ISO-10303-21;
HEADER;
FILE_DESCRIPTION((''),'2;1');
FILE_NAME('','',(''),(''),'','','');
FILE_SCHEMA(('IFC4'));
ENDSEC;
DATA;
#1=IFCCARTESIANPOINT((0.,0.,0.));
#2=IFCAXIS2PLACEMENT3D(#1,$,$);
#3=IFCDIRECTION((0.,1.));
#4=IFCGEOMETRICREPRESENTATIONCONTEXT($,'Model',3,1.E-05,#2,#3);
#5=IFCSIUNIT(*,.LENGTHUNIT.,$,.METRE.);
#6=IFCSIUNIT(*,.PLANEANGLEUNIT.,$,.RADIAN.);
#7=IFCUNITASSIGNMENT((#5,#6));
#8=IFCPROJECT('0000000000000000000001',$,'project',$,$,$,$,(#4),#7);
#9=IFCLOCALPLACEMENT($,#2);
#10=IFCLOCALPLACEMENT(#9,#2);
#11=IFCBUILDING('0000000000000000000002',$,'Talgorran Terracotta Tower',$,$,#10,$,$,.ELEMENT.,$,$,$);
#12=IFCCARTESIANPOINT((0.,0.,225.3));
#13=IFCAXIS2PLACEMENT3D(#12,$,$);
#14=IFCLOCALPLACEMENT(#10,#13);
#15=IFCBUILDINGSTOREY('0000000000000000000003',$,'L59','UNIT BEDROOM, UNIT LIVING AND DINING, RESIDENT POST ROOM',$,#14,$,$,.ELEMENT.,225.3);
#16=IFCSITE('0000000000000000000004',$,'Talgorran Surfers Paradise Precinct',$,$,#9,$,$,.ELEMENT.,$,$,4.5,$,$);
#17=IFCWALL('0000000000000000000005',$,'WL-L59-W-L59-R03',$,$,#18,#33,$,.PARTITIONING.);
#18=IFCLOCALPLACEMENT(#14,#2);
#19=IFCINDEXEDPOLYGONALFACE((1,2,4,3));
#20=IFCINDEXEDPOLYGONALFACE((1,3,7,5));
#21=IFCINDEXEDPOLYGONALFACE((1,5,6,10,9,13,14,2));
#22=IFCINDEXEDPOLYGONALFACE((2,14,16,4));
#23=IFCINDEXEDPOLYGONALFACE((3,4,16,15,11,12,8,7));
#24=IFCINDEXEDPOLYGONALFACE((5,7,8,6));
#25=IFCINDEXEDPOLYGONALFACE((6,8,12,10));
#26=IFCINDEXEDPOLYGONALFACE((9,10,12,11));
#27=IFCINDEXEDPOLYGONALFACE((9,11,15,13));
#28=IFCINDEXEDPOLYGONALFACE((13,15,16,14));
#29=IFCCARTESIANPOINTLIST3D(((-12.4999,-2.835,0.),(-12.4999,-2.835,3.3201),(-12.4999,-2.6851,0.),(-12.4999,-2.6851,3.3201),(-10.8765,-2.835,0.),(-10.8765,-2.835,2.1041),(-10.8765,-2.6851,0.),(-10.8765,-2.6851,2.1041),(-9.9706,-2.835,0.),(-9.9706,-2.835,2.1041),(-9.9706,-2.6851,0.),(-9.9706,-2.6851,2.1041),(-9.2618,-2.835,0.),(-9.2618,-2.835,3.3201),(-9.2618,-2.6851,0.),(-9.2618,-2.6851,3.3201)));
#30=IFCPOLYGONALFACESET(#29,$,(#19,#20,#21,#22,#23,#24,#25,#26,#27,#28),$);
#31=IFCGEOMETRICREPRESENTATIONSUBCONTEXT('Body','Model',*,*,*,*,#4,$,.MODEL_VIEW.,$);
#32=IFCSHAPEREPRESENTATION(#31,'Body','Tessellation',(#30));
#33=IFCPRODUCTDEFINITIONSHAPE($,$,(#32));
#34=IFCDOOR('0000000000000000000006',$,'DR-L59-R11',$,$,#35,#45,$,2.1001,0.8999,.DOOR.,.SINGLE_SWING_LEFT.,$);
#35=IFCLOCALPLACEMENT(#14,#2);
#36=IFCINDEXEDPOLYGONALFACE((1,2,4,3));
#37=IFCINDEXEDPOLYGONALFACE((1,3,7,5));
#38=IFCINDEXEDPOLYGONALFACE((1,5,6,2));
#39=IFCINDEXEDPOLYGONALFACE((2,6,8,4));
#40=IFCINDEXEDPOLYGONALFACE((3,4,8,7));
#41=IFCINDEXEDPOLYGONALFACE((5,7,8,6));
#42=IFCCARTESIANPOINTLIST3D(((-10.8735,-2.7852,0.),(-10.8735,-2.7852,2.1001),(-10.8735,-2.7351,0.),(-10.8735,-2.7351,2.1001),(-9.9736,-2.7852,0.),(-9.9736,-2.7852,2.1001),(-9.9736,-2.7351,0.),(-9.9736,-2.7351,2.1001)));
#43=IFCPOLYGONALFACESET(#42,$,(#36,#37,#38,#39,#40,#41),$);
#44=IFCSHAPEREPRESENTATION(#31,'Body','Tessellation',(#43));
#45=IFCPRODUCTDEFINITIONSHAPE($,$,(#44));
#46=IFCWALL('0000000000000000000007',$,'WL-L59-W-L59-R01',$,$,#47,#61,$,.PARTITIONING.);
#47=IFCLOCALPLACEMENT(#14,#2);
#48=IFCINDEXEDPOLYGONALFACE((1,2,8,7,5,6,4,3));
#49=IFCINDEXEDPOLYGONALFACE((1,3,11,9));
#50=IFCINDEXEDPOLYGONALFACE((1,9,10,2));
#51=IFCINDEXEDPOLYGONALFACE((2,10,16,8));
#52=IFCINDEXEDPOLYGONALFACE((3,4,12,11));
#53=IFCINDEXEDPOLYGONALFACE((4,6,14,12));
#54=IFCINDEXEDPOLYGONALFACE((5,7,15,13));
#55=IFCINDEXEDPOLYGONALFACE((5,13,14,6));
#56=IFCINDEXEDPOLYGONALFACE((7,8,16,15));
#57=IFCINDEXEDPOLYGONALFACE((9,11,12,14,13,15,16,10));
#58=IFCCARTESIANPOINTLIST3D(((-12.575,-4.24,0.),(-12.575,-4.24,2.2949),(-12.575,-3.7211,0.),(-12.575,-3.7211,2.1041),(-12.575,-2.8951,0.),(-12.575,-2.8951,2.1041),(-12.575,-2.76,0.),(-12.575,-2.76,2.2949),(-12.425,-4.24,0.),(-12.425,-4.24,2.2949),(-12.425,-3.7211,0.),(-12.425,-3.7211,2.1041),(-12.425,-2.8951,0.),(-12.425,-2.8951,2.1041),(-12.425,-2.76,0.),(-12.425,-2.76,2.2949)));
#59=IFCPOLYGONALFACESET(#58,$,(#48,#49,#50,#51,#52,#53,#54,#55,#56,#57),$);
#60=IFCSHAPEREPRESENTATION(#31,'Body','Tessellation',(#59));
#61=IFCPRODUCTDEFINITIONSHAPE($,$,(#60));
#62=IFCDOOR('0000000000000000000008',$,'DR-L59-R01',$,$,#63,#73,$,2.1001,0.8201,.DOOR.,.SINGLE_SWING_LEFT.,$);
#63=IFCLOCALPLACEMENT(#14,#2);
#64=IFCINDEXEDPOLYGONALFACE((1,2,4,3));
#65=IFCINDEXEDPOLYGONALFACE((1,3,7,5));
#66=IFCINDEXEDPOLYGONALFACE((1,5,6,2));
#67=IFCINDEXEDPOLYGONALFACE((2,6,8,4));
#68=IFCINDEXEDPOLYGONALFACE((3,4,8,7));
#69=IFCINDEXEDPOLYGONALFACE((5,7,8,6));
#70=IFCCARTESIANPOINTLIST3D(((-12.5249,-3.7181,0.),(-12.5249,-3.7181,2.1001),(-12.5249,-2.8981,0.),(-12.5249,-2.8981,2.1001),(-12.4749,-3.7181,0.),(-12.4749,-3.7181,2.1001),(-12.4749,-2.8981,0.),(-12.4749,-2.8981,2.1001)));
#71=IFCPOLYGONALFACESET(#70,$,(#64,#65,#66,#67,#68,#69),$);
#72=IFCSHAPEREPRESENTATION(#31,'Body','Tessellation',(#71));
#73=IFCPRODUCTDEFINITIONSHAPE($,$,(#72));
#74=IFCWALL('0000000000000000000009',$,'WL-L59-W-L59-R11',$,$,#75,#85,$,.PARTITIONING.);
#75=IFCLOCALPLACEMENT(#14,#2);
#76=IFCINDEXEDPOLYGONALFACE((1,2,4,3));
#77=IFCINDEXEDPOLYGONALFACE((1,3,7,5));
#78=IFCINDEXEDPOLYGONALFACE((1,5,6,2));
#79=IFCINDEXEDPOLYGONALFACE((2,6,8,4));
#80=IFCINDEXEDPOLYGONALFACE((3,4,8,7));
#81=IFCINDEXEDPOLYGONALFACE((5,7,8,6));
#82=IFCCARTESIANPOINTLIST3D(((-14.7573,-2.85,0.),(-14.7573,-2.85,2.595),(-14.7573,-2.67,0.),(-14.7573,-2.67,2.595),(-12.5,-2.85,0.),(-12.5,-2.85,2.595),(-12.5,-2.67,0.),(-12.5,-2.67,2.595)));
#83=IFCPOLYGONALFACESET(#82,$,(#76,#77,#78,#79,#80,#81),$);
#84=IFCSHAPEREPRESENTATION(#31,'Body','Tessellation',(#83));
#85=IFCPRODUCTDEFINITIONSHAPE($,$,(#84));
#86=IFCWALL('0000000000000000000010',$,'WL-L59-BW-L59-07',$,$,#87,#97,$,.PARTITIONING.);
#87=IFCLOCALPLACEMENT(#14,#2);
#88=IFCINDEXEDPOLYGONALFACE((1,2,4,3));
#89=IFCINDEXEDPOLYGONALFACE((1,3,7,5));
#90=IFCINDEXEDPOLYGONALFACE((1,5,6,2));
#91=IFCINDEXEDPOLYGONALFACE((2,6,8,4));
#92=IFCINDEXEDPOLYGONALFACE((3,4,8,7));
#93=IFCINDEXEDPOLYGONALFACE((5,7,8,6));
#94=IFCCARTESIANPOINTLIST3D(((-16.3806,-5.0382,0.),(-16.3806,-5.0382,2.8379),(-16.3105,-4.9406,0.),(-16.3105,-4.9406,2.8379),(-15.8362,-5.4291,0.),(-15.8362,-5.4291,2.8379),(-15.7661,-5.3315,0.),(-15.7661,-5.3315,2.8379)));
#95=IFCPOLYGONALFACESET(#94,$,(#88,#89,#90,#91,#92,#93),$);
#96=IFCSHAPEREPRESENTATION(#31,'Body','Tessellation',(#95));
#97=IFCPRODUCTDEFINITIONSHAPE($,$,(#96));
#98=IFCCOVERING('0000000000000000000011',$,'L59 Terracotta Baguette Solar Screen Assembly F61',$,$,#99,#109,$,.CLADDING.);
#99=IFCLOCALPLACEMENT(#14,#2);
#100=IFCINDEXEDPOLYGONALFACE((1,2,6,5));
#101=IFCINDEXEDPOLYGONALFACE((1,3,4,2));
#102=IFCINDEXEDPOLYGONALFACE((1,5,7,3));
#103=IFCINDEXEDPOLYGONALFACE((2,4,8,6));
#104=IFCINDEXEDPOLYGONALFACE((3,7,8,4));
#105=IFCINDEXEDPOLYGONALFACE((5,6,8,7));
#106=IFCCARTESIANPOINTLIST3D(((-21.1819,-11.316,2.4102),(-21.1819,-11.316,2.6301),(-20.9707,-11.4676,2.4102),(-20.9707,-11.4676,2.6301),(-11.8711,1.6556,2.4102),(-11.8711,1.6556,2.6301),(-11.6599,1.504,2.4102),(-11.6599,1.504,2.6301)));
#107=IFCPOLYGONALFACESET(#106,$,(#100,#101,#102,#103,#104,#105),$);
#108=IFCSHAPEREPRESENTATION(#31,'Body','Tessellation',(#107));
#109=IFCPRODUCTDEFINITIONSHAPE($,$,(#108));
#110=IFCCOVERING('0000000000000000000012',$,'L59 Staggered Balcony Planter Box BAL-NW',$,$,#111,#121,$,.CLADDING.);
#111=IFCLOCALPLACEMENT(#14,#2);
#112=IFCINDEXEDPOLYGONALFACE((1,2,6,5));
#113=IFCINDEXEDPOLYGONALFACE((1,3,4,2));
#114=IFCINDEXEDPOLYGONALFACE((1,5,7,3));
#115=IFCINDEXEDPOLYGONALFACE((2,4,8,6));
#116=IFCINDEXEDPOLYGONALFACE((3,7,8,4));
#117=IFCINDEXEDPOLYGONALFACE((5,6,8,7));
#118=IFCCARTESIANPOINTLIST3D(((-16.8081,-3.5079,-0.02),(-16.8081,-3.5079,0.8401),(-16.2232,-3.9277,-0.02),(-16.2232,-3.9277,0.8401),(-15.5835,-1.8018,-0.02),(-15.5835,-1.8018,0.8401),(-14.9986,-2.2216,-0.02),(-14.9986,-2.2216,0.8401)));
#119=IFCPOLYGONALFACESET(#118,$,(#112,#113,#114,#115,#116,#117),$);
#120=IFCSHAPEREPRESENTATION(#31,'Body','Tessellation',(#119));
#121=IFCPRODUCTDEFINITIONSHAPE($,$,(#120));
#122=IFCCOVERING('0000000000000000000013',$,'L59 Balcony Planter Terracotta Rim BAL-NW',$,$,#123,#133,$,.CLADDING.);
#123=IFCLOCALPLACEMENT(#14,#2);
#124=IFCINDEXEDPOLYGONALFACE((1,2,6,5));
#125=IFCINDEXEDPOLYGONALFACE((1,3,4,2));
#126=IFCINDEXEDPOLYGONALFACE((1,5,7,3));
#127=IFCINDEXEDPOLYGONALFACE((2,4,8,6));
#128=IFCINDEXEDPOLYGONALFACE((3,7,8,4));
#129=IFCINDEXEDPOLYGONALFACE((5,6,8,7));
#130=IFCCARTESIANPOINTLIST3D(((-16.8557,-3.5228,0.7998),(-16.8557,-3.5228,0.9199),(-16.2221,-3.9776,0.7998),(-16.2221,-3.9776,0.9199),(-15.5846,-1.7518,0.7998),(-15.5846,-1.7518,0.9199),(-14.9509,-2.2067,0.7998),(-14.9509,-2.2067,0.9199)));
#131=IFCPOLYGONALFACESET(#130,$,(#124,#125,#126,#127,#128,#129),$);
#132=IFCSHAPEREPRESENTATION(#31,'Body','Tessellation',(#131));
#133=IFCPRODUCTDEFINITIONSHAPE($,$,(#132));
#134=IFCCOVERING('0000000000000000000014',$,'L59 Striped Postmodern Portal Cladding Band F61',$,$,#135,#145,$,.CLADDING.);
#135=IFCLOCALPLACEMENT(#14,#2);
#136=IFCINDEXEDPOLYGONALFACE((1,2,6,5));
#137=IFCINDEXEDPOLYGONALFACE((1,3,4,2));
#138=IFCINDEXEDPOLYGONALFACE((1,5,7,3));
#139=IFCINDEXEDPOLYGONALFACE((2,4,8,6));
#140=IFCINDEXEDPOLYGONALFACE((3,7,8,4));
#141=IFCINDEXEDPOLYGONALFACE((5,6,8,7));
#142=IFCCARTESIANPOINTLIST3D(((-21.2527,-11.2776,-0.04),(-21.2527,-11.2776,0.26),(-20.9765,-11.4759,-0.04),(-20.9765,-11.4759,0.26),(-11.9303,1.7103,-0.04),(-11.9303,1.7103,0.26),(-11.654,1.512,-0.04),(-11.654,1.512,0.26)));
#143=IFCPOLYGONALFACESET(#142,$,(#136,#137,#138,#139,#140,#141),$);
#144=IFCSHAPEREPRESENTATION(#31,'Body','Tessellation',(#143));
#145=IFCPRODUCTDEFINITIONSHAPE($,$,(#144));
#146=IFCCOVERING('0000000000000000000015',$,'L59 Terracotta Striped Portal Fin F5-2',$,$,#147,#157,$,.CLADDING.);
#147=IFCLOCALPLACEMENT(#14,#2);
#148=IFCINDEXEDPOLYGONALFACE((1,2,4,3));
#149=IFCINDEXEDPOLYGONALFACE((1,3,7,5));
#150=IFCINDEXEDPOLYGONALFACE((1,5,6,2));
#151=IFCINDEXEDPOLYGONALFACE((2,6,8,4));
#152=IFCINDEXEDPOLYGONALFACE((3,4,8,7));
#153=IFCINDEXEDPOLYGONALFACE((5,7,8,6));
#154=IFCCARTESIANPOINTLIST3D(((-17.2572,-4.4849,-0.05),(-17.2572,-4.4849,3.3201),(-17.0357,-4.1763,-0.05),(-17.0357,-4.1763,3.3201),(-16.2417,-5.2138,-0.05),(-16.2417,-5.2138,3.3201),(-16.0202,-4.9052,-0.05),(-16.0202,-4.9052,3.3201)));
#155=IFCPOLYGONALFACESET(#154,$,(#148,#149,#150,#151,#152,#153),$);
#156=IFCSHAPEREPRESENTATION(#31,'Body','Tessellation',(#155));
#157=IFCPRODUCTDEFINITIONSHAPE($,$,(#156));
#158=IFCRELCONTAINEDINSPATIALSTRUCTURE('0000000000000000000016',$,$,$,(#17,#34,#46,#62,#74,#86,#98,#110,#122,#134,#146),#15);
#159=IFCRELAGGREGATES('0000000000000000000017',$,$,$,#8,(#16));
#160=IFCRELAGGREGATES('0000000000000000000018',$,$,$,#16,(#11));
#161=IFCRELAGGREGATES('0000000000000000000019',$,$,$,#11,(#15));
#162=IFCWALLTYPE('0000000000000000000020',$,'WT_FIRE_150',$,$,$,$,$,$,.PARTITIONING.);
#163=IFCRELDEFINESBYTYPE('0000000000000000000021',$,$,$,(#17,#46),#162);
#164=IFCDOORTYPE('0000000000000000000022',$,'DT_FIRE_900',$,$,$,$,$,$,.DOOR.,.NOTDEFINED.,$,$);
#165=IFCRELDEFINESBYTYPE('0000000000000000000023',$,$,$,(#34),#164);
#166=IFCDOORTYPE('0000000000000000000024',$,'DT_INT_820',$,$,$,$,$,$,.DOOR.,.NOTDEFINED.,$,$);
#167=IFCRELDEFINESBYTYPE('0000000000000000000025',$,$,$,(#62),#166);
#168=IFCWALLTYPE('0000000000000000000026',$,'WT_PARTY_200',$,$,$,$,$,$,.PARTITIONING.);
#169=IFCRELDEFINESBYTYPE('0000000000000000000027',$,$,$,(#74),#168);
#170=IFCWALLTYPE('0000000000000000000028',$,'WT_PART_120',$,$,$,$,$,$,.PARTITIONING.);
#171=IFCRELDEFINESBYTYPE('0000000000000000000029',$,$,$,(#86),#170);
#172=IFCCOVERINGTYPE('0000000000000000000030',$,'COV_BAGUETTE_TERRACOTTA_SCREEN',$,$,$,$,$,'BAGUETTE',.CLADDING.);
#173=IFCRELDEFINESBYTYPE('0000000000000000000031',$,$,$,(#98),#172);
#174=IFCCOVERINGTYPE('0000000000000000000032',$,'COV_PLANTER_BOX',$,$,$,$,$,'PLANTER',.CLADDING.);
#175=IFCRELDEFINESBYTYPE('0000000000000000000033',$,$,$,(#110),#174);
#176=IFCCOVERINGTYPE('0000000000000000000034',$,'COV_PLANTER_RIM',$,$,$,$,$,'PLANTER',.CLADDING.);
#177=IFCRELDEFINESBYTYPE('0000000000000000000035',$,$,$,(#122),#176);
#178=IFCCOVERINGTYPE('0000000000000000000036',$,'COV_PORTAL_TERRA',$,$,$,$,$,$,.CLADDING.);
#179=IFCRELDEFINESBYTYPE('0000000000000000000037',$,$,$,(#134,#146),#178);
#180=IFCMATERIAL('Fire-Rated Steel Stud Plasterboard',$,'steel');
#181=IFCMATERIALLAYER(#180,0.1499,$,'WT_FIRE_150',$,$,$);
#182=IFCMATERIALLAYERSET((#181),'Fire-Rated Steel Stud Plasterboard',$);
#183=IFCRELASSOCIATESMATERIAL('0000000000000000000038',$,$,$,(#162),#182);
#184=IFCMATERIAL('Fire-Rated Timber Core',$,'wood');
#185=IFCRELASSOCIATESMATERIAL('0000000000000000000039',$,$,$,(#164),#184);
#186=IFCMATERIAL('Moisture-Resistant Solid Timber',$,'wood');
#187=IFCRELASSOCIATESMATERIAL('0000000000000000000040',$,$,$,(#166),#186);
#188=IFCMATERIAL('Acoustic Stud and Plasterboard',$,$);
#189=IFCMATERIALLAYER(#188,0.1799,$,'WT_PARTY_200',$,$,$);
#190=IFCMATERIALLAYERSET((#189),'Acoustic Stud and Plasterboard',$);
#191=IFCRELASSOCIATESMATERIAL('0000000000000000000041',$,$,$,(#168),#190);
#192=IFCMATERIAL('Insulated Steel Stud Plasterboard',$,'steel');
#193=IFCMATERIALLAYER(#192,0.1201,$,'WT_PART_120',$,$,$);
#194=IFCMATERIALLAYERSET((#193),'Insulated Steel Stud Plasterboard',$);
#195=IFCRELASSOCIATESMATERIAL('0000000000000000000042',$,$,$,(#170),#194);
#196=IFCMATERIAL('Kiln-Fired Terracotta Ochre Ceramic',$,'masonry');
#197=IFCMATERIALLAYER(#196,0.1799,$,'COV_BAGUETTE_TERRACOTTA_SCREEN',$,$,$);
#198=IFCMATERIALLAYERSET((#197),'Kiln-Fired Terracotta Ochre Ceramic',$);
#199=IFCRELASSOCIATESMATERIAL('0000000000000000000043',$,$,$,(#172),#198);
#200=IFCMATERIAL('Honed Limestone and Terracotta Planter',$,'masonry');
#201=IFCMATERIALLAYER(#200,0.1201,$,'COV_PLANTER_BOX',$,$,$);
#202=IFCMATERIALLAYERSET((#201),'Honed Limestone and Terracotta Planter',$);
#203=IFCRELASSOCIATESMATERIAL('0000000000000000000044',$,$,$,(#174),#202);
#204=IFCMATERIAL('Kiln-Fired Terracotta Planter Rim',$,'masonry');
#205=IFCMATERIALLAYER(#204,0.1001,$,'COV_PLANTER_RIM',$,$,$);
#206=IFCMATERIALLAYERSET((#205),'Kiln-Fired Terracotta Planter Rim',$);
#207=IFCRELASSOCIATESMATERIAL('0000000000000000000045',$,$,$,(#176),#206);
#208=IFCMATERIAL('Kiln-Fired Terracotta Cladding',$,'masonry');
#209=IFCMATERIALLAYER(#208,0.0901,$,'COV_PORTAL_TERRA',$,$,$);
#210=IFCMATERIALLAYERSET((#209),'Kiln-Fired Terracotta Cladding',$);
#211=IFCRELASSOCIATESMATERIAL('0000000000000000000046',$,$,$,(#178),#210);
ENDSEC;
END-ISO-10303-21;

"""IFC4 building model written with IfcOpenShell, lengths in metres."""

from ifc_helpers import new_model, si_unit, direction, frame, frame_2d, origin, origin_2d, place, context, subcontext, project, spatial, rectangle, extrude, material, layer, layer_set, type_object, element, fill, save


model = new_model("IFC4")

# Units and contexts
model_context = context("Model", 3, precision=1e-05, world=origin(), true_north=direction((0.0, 1.0)))
body_context = subcontext(model_context, "Body", "Model", "MODEL_VIEW")
ifc_project = project(units=[si_unit("LENGTHUNIT", "METRE"), si_unit("PLANEANGLEUNIT", "RADIAN")], contexts=[model_context])

# Site, building, storey
site_placement = place(None, origin())
site = spatial("IfcSite", under=ifc_project, at=site_placement, Name="Talgorran Surfers Paradise Precinct", CompositionType="ELEMENT", RefElevation=4.5)
building_placement = place(site_placement, origin())
building = spatial("IfcBuilding", under=site, at=building_placement, Name="Talgorran Terracotta Tower", CompositionType="ELEMENT")
storey_placement = place(building_placement, frame((0.0, 0.0, 225.3)))
storey = spatial("IfcBuildingStorey", under=building, at=storey_placement, Name="L59", Description="UNIT BEDROOM, UNIT LIVING AND DINING, RESIDENT POST ROOM", CompositionType="ELEMENT", Elevation=225.3)

# Walls, openings, doors
ifc_material_1 = material(Name="Fire-Rated Steel Stud Plasterboard", Category="steel")
ifc_layer_1 = layer(ifc_material_1, 0.1499, Name="WT_FIRE_150")
ifc_layer_set_1 = layer_set([ifc_layer_1], Name="Fire-Rated Steel Stud Plasterboard")
wall_type_1 = type_object("IfcWallType", Name="WT_FIRE_150", PredefinedType="PARTITIONING", material=ifc_layer_set_1)
wall_1_placement = place(storey_placement, frame((-12.5, -2.76, 0.0), z_axis=(0.0, 0.0, 1.0), x_axis=(1.0, 0.0, 0.0)))
wall_1 = element("IfcWall", 1, at=wall_1_placement, inside=storey, type_object=wall_type_1, Name="WL-L59-W-L59-R03", PredefinedType="PARTITIONING", context=body_context, shape_type="SweptSolid", body=[
    extrude(rectangle(XDim=3.238, YDim=0.1499, at=frame_2d((1.6191, 0.0))), origin(), (0.0, 0.0, 1.0), 3.3201),
])
opening_1_placement = place(wall_1_placement, frame((1.6265, 0.0, 0.0)))
opening_1 = element("IfcOpeningElement", 2, at=opening_1_placement, cuts=wall_1, PredefinedType="OPENING", context=body_context, shape_type="SweptSolid", body=[
    extrude(rectangle(XDim=0.9059, YDim=2.1041, at=frame_2d((0.45, 1.052))), frame((0.0, 0.085, 0.0), z_axis=(0.0, -1.0, 0.0), x_axis=(1.0, 0.0, 0.0)), (0.0, 0.0, 1.0), 0.1699),
])
ifc_material_2 = material(Name="Fire-Rated Timber Core", Category="wood")
door_type_1 = type_object("IfcDoorType", Name="DT_FIRE_900", OperationType="NOTDEFINED", PredefinedType="DOOR", material=ifc_material_2)
door_1_placement = place(opening_1_placement, origin())
door_1 = element("IfcDoor", 3, at=door_1_placement, inside=storey, type_object=door_type_1, Name="DR-L59-R11", OperationType="SINGLE_SWING_LEFT", OverallHeight=2.1001, OverallWidth=0.8999, PredefinedType="DOOR", context=body_context, shape_type="SweptSolid", body=[
    extrude(rectangle(XDim=0.8999, YDim=2.1001, at=frame_2d((0.45, 1.05))), frame((0.0, 0.0249, 0.0), z_axis=(0.0, -1.0, 0.0), x_axis=(1.0, 0.0, 0.0)), (0.0, 0.0, 1.0), 0.05),
])
fill(opening_1, door_1)
wall_2_placement = place(storey_placement, frame((-12.5, -4.24, 0.0), z_axis=(0.0, 0.0, 1.0), x_axis=(0.0, 1.0, 0.0)))
wall_2 = element("IfcWall", 4, at=wall_2_placement, inside=storey, type_object=wall_type_1, Name="WL-L59-W-L59-R01", PredefinedType="PARTITIONING", context=body_context, shape_type="SweptSolid", body=[
    extrude(rectangle(XDim=1.48, YDim=0.1499, at=frame_2d((0.74, 0.0))), origin(), (0.0, 0.0, 1.0), 2.2949),
])
opening_2_placement = place(wall_2_placement, frame((0.5217, 0.0, 0.0)))
opening_2 = element("IfcOpeningElement", 5, at=opening_2_placement, cuts=wall_2, PredefinedType="OPENING", context=body_context, shape_type="SweptSolid", body=[
    extrude(rectangle(XDim=0.8261, YDim=2.1041, at=frame_2d((0.4102, 1.052))), frame((0.0, 0.085, 0.0), z_axis=(0.0, -1.0, 0.0), x_axis=(1.0, 0.0, 0.0)), (0.0, 0.0, 1.0), 0.1699),
])
ifc_material_3 = material(Name="Moisture-Resistant Solid Timber", Category="wood")
door_type_2 = type_object("IfcDoorType", Name="DT_INT_820", OperationType="NOTDEFINED", PredefinedType="DOOR", material=ifc_material_3)
door_2_placement = place(opening_2_placement, origin())
door_2 = element("IfcDoor", 6, at=door_2_placement, inside=storey, type_object=door_type_2, Name="DR-L59-R01", OperationType="SINGLE_SWING_LEFT", OverallHeight=2.1001, OverallWidth=0.8201, PredefinedType="DOOR", context=body_context, shape_type="SweptSolid", body=[
    extrude(rectangle(XDim=0.8201, YDim=2.1001, at=frame_2d((0.4102, 1.05))), frame((0.0, 0.0249, 0.0), z_axis=(0.0, -1.0, 0.0), x_axis=(1.0, 0.0, 0.0)), (0.0, 0.0, 1.0), 0.05),
])
fill(opening_2, door_2)

# Walls
ifc_material_4 = material(Name="Acoustic Stud and Plasterboard")
ifc_layer_2 = layer(ifc_material_4, 0.1799, Name="WT_PARTY_200")
ifc_layer_set_2 = layer_set([ifc_layer_2], Name="Acoustic Stud and Plasterboard")
wall_type_2 = type_object("IfcWallType", Name="WT_PARTY_200", PredefinedType="PARTITIONING", material=ifc_layer_set_2)
wall_3_placement = place(storey_placement, frame((-14.7573, -2.76, 0.0), z_axis=(0.0, 0.0, 1.0), x_axis=(1.0, 0.0, 0.0)))
element("IfcWall", 7, at=wall_3_placement, inside=storey, type_object=wall_type_2, Name="WL-L59-W-L59-R11", PredefinedType="PARTITIONING", context=body_context, shape_type="SweptSolid", body=[
    extrude(rectangle(XDim=2.2573, YDim=0.1799, at=frame_2d((1.1287, 0.0))), origin(), (0.0, 0.0, 1.0), 2.595),
])
ifc_material_5 = material(Name="Insulated Steel Stud Plasterboard", Category="steel")
ifc_layer_3 = layer(ifc_material_5, 0.1201, Name="WT_PART_120")
ifc_layer_set_3 = layer_set([ifc_layer_3], Name="Insulated Steel Stud Plasterboard")
wall_type_3 = type_object("IfcWallType", Name="WT_PART_120", PredefinedType="PARTITIONING", material=ifc_layer_set_3)
wall_4_placement = place(storey_placement, frame((-16.3455, -4.9895, 0.0), z_axis=(0.0, 0.0, 1.0), x_axis=(0.812328, -0.583201, 0.0)))
element("IfcWall", 8, at=wall_4_placement, inside=storey, type_object=wall_type_3, Name="WL-L59-BW-L59-07", PredefinedType="PARTITIONING", context=body_context, shape_type="SweptSolid", body=[
    extrude(rectangle(XDim=0.6702, YDim=0.1201, at=frame_2d((0.335, 0.0))), origin(), (0.0, 0.0, 1.0), 2.8379),
])

# Coverings
ifc_material_6 = material(Name="Kiln-Fired Terracotta Ochre Ceramic", Category="masonry")
ifc_layer_4 = layer(ifc_material_6, 0.1799, Name="COV_BAGUETTE_TERRACOTTA_SCREEN")
ifc_layer_set_4 = layer_set([ifc_layer_4], Name="Kiln-Fired Terracotta Ochre Ceramic")
covering_type_1 = type_object("IfcCoveringType", Name="COV_BAGUETTE_TERRACOTTA_SCREEN", ElementType="BAGUETTE", PredefinedType="CLADDING", material=ifc_layer_set_4)
covering_1_placement = place(storey_placement, frame((-16.4209, -4.906, 2.4102), z_axis=(0.0, 0.0, 1.0), x_axis=(-0.583116, -0.812389, 0.0)))
element("IfcCovering", 9, at=covering_1_placement, inside=storey, type_object=covering_type_1, Name="L59 Terracotta Baguette Solar Screen Assembly F61", PredefinedType="CLADDING", context=body_context, shape_type="SweptSolid", body=[
    extrude(rectangle(XDim=15.9673, YDim=0.26, at=origin_2d()), origin(), (0.0, 0.0, 1.0), 0.22),
])
ifc_material_7 = material(Name="Honed Limestone and Terracotta Planter", Category="masonry")
ifc_layer_5 = layer(ifc_material_7, 0.1201, Name="COV_PLANTER_BOX")
ifc_layer_set_5 = layer_set([ifc_layer_5], Name="Honed Limestone and Terracotta Planter")
covering_type_2 = type_object("IfcCoveringType", Name="COV_PLANTER_BOX", ElementType="PLANTER", PredefinedType="CLADDING", material=ifc_layer_set_5)
covering_2_placement = place(storey_placement, frame((-15.9033, -2.8647, -0.02), z_axis=(0.0, 0.0, 1.0), x_axis=(-0.583116, -0.812389, 0.0)))
element("IfcCovering", 10, at=covering_2_placement, inside=storey, type_object=covering_type_2, Name="L59 Staggered Balcony Planter Box BAL-NW", PredefinedType="CLADDING", context=body_context, shape_type="SweptSolid", body=[
    extrude(rectangle(XDim=2.1001, YDim=0.72, at=origin_2d()), origin(), (0.0, 0.0, 1.0), 0.8601),
])
ifc_material_8 = material(Name="Kiln-Fired Terracotta Planter Rim", Category="masonry")
ifc_layer_6 = layer(ifc_material_8, 0.1001, Name="COV_PLANTER_RIM")
ifc_layer_set_6 = layer_set([ifc_layer_6], Name="Kiln-Fired Terracotta Planter Rim")
covering_type_3 = type_object("IfcCoveringType", Name="COV_PLANTER_RIM", ElementType="PLANTER", PredefinedType="CLADDING", material=ifc_layer_set_6)
covering_3_placement = place(storey_placement, frame((-15.9033, -2.8647, 0.7998), z_axis=(0.0, 0.0, 1.0), x_axis=(-0.583116, -0.812389, 0.0)))
element("IfcCovering", 11, at=covering_3_placement, inside=storey, type_object=covering_type_3, Name="L59 Balcony Planter Terracotta Rim BAL-NW", PredefinedType="CLADDING", context=body_context, shape_type="SweptSolid", body=[
    extrude(rectangle(XDim=2.1799, YDim=0.78, at=origin_2d()), origin(), (0.0, 0.0, 1.0), 0.1201),
])
ifc_material_9 = material(Name="Kiln-Fired Terracotta Cladding", Category="masonry")
ifc_layer_7 = layer(ifc_material_9, 0.0901, Name="COV_PORTAL_TERRA")
ifc_layer_set_7 = layer_set([ifc_layer_7], Name="Kiln-Fired Terracotta Cladding")
covering_type_4 = type_object("IfcCoveringType", Name="COV_PORTAL_TERRA", PredefinedType="CLADDING", material=ifc_layer_set_7)
covering_4_placement = place(storey_placement, frame((-16.4534, -4.8828, -0.04), z_axis=(0.0, 0.0, 1.0), x_axis=(-0.583116, -0.812389, 0.0)))
element("IfcCovering", 12, at=covering_4_placement, inside=storey, type_object=covering_type_4, Name="L59 Striped Postmodern Portal Cladding Band F61", PredefinedType="CLADDING", context=body_context, shape_type="SweptSolid", body=[
    extrude(rectangle(XDim=15.9873, YDim=0.3401, at=origin_2d()), origin(), (0.0, 0.0, 1.0), 0.3),
])
covering_5_placement = place(storey_placement, frame((-16.6387, -4.6951, -0.05), z_axis=(0.0, 0.0, 1.0), x_axis=(-0.583116, -0.812389, 0.0)))
element("IfcCovering", 13, at=covering_5_placement, inside=storey, type_object=covering_type_4, Name="L59 Terracotta Striped Portal Fin F5-2", PredefinedType="CLADDING", context=body_context, shape_type="SweptSolid", body=[
    extrude(rectangle(XDim=0.3799, YDim=1.25, at=origin_2d()), origin(), (0.0, 0.0, 1.0), 3.3701),
])

save(model, "model.ifc")
